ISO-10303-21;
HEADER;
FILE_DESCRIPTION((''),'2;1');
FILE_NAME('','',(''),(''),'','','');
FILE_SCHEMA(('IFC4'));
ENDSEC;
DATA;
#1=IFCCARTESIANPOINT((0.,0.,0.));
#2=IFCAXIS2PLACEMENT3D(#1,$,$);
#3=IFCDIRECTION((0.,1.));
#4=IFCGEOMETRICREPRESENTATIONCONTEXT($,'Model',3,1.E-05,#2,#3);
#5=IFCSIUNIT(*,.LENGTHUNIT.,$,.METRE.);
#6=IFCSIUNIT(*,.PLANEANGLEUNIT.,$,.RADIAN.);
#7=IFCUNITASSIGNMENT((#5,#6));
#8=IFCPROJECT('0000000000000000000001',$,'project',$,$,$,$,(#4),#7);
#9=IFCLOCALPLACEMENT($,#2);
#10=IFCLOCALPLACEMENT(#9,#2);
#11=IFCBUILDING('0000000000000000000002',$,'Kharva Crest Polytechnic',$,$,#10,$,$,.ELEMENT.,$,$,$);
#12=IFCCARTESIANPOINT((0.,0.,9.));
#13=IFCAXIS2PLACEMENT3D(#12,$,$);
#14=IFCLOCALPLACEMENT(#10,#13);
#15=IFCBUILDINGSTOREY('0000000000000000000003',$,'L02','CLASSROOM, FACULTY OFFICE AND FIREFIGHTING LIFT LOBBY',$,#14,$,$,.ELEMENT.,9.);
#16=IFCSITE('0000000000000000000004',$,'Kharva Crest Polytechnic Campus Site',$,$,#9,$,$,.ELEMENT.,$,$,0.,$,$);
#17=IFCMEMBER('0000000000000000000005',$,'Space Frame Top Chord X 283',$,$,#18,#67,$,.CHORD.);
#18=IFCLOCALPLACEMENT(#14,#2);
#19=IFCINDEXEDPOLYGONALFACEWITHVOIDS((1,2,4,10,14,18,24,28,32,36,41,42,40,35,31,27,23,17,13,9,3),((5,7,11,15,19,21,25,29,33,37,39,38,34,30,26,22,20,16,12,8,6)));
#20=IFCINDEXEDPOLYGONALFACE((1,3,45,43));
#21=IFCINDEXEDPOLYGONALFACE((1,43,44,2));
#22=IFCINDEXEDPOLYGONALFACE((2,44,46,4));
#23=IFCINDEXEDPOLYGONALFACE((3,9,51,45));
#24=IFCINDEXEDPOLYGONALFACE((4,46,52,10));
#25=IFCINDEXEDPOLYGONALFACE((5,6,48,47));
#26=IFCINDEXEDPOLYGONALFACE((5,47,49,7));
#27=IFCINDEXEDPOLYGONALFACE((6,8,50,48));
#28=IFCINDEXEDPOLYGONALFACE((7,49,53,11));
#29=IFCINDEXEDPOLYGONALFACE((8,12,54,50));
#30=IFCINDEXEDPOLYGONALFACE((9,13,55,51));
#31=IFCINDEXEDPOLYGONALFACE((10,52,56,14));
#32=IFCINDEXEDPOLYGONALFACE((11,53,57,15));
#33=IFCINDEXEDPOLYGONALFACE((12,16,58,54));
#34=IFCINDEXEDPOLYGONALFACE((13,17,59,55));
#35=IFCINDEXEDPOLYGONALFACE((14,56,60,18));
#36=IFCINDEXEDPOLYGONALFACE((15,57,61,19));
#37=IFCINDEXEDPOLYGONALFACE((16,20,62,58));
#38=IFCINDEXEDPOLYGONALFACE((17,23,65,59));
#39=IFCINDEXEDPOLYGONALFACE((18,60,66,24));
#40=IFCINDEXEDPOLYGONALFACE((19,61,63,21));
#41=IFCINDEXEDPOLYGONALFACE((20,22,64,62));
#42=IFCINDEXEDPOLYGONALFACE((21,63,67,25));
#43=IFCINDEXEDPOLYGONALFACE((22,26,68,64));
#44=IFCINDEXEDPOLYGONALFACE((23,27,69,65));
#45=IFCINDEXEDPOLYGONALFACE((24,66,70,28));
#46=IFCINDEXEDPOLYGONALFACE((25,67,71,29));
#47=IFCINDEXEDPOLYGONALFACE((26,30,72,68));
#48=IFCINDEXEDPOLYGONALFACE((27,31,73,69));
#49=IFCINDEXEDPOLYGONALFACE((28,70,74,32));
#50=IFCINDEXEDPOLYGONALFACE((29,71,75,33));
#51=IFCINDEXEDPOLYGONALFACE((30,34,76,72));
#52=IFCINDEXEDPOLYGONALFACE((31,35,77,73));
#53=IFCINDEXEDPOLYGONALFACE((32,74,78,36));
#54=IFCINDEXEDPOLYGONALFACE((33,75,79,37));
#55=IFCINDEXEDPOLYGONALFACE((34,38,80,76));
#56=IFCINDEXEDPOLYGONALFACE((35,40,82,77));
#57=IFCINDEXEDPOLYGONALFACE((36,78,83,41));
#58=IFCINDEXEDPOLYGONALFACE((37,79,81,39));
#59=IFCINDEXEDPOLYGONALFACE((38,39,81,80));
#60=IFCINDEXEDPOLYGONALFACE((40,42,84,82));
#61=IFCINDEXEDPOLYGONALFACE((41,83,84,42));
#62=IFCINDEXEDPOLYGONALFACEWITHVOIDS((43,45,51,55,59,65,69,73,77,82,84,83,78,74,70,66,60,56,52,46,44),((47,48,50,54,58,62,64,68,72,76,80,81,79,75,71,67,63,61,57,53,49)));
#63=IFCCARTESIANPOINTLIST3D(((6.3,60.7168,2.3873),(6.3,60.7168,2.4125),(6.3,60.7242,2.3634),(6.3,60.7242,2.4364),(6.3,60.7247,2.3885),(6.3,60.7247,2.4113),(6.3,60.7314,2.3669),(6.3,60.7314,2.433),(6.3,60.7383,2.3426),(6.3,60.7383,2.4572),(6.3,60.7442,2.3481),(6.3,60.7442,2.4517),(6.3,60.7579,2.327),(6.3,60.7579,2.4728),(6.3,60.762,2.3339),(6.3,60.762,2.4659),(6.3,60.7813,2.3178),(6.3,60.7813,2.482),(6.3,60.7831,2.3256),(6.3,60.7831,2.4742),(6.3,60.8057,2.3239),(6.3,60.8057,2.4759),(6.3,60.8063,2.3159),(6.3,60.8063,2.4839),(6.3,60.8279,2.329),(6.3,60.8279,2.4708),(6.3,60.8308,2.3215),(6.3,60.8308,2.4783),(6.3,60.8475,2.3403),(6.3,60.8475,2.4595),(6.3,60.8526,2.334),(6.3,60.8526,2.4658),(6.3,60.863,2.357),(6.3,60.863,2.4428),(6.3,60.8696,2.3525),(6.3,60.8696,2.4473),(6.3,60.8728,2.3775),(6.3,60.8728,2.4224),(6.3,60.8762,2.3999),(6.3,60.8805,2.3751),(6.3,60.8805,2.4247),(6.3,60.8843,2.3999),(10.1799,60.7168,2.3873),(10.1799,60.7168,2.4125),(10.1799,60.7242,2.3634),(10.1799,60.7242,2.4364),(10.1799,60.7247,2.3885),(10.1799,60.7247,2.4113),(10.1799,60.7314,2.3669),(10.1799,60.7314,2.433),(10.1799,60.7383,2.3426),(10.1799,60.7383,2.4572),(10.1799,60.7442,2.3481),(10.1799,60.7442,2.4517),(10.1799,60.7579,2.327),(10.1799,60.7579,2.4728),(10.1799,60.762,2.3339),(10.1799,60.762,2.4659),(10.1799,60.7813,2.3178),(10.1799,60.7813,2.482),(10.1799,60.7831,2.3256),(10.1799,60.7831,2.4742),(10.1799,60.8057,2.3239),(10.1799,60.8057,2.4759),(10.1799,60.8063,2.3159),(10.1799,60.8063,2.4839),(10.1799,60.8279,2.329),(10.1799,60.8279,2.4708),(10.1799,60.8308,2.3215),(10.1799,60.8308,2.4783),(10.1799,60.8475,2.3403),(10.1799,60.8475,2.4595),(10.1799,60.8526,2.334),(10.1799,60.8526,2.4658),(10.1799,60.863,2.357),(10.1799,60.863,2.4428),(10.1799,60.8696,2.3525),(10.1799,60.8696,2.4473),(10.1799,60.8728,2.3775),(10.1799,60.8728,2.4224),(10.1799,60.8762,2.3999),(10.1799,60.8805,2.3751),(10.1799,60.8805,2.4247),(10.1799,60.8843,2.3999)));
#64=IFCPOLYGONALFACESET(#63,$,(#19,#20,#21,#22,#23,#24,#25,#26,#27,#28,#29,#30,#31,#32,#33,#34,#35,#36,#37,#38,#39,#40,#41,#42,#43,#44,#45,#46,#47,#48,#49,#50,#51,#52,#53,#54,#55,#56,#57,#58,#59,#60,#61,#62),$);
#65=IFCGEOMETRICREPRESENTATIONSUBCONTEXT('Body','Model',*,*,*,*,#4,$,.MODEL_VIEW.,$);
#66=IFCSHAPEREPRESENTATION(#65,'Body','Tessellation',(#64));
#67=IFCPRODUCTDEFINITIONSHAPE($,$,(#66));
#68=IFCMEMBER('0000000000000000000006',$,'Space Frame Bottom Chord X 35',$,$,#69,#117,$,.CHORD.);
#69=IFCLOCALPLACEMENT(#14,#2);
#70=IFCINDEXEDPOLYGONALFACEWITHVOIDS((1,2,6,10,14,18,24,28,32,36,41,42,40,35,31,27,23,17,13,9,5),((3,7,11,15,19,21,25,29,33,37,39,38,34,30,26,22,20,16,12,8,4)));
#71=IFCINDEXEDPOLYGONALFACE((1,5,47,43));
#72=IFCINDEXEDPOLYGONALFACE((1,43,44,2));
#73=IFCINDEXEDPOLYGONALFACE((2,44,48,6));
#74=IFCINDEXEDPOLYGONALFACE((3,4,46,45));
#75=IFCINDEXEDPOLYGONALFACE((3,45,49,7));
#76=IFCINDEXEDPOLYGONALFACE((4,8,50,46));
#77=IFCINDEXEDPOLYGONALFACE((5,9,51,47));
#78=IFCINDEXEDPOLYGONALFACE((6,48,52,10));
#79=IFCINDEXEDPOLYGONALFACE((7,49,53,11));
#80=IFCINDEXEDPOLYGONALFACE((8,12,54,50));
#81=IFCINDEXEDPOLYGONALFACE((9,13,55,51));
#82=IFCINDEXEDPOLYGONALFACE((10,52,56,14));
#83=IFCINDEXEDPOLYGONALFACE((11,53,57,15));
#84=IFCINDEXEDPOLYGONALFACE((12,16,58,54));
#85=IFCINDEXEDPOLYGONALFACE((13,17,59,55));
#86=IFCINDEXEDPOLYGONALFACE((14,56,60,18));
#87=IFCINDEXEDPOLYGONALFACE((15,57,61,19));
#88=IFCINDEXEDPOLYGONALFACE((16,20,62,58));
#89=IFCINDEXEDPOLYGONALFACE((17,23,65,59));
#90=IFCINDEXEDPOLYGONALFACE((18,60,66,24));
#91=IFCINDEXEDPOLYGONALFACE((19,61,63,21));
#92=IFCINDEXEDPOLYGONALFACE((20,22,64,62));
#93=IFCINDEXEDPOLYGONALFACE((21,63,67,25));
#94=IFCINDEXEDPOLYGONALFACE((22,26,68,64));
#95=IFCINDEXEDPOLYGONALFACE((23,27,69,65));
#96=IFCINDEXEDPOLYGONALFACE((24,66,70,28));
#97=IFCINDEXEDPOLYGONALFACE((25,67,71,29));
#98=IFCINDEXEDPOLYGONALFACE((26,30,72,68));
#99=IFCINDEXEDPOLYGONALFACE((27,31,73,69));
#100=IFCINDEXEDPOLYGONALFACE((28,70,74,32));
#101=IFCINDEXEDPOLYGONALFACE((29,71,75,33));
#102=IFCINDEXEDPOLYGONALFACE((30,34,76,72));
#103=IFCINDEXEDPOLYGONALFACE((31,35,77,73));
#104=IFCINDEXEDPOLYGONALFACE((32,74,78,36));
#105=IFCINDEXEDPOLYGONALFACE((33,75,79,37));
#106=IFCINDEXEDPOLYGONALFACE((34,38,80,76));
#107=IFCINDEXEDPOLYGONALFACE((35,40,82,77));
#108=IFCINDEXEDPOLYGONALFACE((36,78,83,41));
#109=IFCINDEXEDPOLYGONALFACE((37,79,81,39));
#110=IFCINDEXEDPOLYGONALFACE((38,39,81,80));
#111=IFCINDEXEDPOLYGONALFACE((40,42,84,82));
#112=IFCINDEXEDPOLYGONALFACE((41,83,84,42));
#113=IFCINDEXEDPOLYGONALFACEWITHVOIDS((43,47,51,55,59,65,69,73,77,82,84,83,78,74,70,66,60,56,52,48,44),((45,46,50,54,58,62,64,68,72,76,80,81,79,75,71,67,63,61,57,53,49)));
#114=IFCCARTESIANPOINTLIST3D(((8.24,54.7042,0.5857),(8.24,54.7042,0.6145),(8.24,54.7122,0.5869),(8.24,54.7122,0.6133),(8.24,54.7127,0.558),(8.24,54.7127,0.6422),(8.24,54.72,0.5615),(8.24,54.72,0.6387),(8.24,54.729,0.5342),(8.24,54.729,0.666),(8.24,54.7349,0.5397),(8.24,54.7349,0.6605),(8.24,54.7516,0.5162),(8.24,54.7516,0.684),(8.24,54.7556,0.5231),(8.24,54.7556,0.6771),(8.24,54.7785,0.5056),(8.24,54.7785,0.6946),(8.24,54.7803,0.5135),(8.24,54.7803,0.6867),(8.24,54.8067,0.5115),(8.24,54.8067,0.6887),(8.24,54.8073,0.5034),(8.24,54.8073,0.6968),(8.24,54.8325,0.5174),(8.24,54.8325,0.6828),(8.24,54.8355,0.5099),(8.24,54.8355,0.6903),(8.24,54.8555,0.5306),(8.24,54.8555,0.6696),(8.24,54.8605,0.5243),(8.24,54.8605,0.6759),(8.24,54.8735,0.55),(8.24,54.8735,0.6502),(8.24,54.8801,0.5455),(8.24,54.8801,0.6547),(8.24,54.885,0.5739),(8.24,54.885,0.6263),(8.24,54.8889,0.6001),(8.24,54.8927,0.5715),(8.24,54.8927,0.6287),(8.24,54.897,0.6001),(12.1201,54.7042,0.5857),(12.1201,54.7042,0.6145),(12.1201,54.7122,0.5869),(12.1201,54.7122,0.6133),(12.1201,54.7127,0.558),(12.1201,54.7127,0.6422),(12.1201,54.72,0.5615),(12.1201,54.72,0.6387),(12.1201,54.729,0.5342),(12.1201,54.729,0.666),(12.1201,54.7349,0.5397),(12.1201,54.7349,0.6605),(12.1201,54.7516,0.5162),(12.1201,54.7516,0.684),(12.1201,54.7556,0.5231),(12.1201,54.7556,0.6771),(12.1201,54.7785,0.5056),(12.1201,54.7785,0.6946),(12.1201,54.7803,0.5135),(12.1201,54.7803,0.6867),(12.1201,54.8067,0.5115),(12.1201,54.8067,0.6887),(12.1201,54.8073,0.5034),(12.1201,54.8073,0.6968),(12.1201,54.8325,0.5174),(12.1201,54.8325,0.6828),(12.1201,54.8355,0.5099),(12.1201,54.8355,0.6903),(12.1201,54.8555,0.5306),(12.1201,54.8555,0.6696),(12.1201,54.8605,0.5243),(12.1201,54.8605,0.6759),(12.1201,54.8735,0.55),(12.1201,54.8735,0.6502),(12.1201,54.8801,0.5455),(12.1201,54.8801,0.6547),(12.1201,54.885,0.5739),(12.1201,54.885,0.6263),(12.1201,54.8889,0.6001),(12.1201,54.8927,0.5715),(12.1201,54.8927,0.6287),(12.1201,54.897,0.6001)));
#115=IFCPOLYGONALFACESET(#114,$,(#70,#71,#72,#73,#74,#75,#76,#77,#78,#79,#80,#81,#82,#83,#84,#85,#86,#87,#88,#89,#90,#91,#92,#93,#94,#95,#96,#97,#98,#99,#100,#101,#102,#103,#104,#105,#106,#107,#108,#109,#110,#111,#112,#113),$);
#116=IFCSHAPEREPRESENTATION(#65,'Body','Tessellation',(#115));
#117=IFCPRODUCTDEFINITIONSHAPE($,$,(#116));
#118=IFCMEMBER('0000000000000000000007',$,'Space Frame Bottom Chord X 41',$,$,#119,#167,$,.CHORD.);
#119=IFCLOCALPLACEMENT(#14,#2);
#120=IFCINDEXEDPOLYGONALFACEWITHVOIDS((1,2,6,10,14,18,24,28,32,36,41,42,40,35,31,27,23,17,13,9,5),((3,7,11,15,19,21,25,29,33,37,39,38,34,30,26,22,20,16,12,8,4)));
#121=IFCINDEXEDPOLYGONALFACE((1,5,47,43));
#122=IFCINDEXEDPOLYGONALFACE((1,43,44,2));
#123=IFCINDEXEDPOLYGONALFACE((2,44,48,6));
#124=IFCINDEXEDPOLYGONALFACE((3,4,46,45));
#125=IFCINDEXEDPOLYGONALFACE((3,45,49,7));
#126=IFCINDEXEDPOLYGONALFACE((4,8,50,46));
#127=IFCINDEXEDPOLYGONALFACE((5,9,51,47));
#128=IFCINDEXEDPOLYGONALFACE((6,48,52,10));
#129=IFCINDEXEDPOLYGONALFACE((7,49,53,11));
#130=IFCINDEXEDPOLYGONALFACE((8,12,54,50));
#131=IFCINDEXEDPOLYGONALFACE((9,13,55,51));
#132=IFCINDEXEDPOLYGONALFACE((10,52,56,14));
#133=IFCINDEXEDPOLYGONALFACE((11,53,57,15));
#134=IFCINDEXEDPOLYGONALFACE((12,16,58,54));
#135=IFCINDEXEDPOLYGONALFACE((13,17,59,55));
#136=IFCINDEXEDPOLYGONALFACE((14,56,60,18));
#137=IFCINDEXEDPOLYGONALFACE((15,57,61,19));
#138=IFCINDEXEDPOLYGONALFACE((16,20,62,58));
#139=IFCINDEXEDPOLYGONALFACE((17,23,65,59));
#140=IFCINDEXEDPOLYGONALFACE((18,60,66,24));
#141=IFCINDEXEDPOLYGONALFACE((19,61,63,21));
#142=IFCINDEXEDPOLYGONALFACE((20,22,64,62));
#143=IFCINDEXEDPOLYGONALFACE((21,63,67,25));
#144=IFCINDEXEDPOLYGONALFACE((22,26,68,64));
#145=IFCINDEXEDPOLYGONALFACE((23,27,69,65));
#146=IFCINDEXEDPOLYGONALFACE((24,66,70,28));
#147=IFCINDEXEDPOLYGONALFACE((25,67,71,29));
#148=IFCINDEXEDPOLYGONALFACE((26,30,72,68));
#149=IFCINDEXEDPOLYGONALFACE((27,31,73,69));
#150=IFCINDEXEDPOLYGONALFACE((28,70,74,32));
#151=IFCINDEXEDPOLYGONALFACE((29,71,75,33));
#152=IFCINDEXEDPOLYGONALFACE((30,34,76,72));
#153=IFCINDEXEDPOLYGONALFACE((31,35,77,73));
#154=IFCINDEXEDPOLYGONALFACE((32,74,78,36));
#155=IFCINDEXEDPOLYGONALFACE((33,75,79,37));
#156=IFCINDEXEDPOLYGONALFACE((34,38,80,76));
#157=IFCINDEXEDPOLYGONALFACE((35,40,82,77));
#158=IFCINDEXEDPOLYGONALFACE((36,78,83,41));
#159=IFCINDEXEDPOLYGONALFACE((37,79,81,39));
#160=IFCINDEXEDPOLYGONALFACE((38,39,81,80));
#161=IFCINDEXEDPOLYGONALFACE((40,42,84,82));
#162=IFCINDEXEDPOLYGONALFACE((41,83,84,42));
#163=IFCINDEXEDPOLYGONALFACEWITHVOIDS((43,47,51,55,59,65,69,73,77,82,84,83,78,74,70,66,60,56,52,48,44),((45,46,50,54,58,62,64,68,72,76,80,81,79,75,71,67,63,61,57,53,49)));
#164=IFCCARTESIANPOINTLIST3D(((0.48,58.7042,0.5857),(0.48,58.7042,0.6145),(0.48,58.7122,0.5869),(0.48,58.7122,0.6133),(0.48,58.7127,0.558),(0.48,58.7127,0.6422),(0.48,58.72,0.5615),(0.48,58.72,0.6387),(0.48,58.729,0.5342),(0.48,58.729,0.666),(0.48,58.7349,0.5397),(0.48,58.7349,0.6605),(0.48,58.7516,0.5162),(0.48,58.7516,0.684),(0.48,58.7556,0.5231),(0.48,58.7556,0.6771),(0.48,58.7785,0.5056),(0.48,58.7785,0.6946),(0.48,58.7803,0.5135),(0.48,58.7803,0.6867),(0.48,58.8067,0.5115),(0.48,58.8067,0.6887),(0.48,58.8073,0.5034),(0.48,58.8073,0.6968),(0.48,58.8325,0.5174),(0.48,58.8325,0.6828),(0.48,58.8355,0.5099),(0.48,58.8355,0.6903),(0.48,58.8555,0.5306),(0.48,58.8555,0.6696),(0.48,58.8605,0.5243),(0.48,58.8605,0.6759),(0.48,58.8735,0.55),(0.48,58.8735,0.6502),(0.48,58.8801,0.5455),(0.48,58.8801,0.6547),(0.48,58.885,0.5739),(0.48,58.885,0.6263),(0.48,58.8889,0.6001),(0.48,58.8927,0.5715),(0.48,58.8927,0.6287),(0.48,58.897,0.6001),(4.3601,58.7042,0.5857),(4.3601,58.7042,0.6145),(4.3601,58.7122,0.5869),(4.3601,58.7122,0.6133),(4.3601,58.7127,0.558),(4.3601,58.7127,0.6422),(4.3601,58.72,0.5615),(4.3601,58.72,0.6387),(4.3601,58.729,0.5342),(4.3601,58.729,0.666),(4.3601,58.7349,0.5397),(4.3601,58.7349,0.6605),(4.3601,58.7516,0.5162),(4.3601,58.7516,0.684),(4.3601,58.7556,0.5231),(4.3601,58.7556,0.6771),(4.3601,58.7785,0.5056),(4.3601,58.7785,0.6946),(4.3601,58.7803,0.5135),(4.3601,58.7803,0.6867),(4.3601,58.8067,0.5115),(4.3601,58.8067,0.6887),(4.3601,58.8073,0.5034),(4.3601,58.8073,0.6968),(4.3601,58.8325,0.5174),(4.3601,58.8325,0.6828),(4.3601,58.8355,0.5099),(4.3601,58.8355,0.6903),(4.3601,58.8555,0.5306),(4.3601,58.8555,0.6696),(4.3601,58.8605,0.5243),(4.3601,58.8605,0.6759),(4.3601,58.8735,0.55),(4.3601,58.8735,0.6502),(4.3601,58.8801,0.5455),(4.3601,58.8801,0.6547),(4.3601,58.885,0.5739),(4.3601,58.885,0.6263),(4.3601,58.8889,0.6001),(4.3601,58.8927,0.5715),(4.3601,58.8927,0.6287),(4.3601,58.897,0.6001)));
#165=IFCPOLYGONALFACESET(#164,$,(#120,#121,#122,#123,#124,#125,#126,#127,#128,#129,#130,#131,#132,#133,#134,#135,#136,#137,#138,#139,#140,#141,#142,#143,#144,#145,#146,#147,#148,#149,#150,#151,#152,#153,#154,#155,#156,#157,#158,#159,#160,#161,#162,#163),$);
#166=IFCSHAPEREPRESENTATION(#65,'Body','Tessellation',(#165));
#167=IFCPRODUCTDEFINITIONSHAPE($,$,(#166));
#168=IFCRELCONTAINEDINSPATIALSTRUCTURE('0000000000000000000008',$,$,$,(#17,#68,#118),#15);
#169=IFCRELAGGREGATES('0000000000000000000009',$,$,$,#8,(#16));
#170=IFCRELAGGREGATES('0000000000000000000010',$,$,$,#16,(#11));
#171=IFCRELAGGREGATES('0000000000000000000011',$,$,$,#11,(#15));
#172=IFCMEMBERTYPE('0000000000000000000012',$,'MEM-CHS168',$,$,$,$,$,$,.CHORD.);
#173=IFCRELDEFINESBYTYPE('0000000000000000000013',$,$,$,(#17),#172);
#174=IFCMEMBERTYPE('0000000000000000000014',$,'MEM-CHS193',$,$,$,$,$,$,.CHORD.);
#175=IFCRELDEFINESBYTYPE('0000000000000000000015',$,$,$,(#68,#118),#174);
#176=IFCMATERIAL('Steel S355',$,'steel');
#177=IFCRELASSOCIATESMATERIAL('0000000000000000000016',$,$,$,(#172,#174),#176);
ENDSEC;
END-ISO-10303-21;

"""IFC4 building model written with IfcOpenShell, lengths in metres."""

from ifc_helpers import new_model, si_unit, direction, frame, origin, origin_2d, place, context, subcontext, project, spatial, hollow_circle, extrude, material, material_profile, profile_set, type_object, element, save


model = new_model("IFC4")

# Units and contexts
model_context = context("Model", 3, precision=1e-05, world=origin(), true_north=direction((0.0, 1.0)))
body_context = subcontext(model_context, "Body", "Model", "MODEL_VIEW")
ifc_project = project(units=[si_unit("LENGTHUNIT", "METRE"), si_unit("PLANEANGLEUNIT", "RADIAN")], contexts=[model_context])

# Site, building, storey
site_placement = place(None, origin())
site = spatial("IfcSite", under=ifc_project, at=site_placement, Name="Kharva Crest Polytechnic Campus Site", CompositionType="ELEMENT", RefElevation=0.0)
building_placement = place(site_placement, origin())
building = spatial("IfcBuilding", under=site, at=building_placement, Name="Kharva Crest Polytechnic", CompositionType="ELEMENT")
storey_placement = place(building_placement, frame((0.0, 0.0, 9.0)))
storey = spatial("IfcBuildingStorey", under=building, at=storey_placement, Name="L02", Description="CLASSROOM, FACULTY OFFICE AND FIREFIGHTING LIFT LOBBY", CompositionType="ELEMENT", Elevation=9.0)

# Shared definitions
ifc_material_1 = material(Name="Steel S355", Category="steel")

# Members
ifc_material_profile_1 = material_profile(ifc_material_1, hollow_circle(Radius=0.0842, WallThickness=0.0081, at=origin_2d()), Name="CHS 168.3X8.0")
ifc_profile_set_1 = profile_set([ifc_material_profile_1], Name="Steel S355")
member_type_1 = type_object("IfcMemberType", Name="MEM-CHS168", PredefinedType="CHORD", material=ifc_profile_set_1)
member_1_placement = place(storey_placement, frame((6.3, 60.8, 2.3999), z_axis=(1.0, 0.0, 0.0), x_axis=(0.0, 1.0, 0.0)))
element("IfcMember", 1, at=member_1_placement, inside=storey, type_object=member_type_1, Name="Space Frame Top Chord X 283", PredefinedType="CHORD", context=body_context, shape_type="SweptSolid", body=[
    extrude(hollow_circle(Radius=0.0842, WallThickness=0.0081, at=origin_2d()), origin(), (0.0, 0.0, 1.0), 3.8799),
])
ifc_material_profile_2 = material_profile(ifc_material_1, hollow_circle(Radius=0.0969, WallThickness=0.0081, at=origin_2d()), Name="CHS 193.7X8.0")
ifc_profile_set_2 = profile_set([ifc_material_profile_2], Name="Steel S355")
member_type_2 = type_object("IfcMemberType", Name="MEM-CHS193", PredefinedType="CHORD", material=ifc_profile_set_2)
for number, where, z_axis, x_axis, name in (
    (2, (8.24, 54.8, 0.6001), (1.0, 0.0, 0.0), (0.0, 1.0, 0.0), "Space Frame Bottom Chord X 35"),
    (3, (0.48, 58.8, 0.6001), (1.0, 0.0, 0.0), (0.0, 1.0, 0.0), "Space Frame Bottom Chord X 41"),
):
    element("IfcMember", number, at=place(storey_placement, frame(where, z_axis=z_axis, x_axis=x_axis)), inside=storey, type_object=member_type_2, Name=name, PredefinedType="CHORD", context=body_context, shape_type="SweptSolid", body=[
        extrude(hollow_circle(Radius=0.0969, WallThickness=0.0081, at=origin_2d()), origin(), (0.0, 0.0, 1.0), 3.8801),
    ])

save(model, "model.ifc")
